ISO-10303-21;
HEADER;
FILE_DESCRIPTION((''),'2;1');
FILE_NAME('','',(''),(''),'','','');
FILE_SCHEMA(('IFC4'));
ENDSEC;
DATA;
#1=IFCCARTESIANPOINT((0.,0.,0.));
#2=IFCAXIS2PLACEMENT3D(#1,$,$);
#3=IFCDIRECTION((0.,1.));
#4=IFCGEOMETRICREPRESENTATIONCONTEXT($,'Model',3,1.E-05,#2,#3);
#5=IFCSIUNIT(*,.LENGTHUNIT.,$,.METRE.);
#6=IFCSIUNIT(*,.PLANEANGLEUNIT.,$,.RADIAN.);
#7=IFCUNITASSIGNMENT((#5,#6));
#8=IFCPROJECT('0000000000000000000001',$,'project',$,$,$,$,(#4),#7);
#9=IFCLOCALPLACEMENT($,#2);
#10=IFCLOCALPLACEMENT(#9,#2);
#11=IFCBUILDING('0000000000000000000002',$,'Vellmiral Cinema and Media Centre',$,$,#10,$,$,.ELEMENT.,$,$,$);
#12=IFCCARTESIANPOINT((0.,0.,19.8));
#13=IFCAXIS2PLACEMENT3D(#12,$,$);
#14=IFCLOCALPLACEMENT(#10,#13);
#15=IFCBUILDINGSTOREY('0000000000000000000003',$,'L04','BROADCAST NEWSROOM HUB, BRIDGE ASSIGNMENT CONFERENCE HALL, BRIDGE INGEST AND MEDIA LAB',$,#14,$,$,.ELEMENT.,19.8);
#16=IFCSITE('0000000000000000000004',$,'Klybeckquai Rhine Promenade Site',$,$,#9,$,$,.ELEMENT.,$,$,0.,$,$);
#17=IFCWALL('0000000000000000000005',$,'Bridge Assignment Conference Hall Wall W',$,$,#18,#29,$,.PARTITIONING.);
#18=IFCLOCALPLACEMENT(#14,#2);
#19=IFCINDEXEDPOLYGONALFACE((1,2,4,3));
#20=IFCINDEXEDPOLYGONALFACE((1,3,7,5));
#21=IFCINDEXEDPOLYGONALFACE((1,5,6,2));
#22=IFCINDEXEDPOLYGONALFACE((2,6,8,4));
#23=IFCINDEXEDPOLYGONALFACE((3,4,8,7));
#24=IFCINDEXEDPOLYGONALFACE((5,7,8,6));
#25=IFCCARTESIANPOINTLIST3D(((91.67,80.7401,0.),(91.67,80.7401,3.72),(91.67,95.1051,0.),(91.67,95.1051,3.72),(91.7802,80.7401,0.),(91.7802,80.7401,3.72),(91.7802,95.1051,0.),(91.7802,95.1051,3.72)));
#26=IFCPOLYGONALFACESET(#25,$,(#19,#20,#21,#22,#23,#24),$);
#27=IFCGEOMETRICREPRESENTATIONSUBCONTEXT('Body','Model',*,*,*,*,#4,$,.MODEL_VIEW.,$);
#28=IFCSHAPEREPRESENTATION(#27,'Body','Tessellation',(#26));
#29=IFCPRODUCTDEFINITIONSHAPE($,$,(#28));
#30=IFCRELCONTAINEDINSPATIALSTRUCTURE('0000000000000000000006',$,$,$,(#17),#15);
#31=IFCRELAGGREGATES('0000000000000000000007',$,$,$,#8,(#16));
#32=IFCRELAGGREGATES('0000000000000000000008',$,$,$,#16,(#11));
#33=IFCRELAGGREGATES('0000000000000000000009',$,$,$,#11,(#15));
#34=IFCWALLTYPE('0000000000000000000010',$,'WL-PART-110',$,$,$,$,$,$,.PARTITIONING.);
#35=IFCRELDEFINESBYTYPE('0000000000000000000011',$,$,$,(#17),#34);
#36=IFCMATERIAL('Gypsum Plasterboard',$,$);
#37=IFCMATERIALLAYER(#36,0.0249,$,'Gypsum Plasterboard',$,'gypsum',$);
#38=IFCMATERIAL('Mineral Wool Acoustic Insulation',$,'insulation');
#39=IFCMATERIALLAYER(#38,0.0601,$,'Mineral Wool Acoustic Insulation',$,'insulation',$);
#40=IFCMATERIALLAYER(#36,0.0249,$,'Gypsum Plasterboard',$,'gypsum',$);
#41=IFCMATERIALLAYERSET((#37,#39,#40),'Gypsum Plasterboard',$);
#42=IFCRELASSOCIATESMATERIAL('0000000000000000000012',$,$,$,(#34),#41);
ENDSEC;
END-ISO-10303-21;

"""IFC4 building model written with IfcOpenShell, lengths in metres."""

from ifc_helpers import new_model, si_unit, direction, frame, frame_2d, origin, place, context, subcontext, project, spatial, rectangle, extrude, material, layer, layer_set, type_object, element, save


model = new_model("IFC4")

# Units and contexts
model_context = context("Model", 3, precision=1e-05, world=origin(), true_north=direction((0.0, 1.0)))
body_context = subcontext(model_context, "Body", "Model", "MODEL_VIEW")
ifc_project = project(units=[si_unit("LENGTHUNIT", "METRE"), si_unit("PLANEANGLEUNIT", "RADIAN")], contexts=[model_context])

# Site, building, storey
site_placement = place(None, origin())
site = spatial("IfcSite", under=ifc_project, at=site_placement, Name="Klybeckquai Rhine Promenade Site", CompositionType="ELEMENT", RefElevation=0.0)
building_placement = place(site_placement, origin())
building = spatial("IfcBuilding", under=site, at=building_placement, Name="Vellmiral Cinema and Media Centre", CompositionType="ELEMENT")
storey_placement = place(building_placement, frame((0.0, 0.0, 19.8)))
storey = spatial("IfcBuildingStorey", under=building, at=storey_placement, Name="L04", Description="BROADCAST NEWSROOM HUB, BRIDGE ASSIGNMENT CONFERENCE HALL, BRIDGE INGEST AND MEDIA LAB", CompositionType="ELEMENT", Elevation=19.8)

# Wall
ifc_material_1 = material(Name="Gypsum Plasterboard")
ifc_layer_1 = layer(ifc_material_1, 0.0249, Name="Gypsum Plasterboard", Category="gypsum")
ifc_material_2 = material(Name="Mineral Wool Acoustic Insulation", Category="insulation")
ifc_layer_2 = layer(ifc_material_2, 0.0601, Name="Mineral Wool Acoustic Insulation", Category="insulation")
ifc_layer_3 = layer(ifc_material_1, 0.0249, Name="Gypsum Plasterboard", Category="gypsum")
ifc_layer_set_1 = layer_set([ifc_layer_1, ifc_layer_2, ifc_layer_3], Name="Gypsum Plasterboard")
wall_type_1 = type_object("IfcWallType", Name="WL-PART-110", PredefinedType="PARTITIONING", material=ifc_layer_set_1)
wall_1_placement = place(storey_placement, frame((91.7251, 80.74, 0.0), z_axis=(0.0, 0.0, 1.0), x_axis=(0.0, 1.0, 0.0)))
element("IfcWall", 1, at=wall_1_placement, inside=storey, type_object=wall_type_1, Name="Bridge Assignment Conference Hall Wall W", PredefinedType="PARTITIONING", context=body_context, shape_type="SweptSolid", body=[
    extrude(rectangle(XDim=14.365, YDim=0.1101, at=frame_2d((7.1826, 0.0))), origin(), (0.0, 0.0, 1.0), 3.72),
])

save(model, "model.ifc")
